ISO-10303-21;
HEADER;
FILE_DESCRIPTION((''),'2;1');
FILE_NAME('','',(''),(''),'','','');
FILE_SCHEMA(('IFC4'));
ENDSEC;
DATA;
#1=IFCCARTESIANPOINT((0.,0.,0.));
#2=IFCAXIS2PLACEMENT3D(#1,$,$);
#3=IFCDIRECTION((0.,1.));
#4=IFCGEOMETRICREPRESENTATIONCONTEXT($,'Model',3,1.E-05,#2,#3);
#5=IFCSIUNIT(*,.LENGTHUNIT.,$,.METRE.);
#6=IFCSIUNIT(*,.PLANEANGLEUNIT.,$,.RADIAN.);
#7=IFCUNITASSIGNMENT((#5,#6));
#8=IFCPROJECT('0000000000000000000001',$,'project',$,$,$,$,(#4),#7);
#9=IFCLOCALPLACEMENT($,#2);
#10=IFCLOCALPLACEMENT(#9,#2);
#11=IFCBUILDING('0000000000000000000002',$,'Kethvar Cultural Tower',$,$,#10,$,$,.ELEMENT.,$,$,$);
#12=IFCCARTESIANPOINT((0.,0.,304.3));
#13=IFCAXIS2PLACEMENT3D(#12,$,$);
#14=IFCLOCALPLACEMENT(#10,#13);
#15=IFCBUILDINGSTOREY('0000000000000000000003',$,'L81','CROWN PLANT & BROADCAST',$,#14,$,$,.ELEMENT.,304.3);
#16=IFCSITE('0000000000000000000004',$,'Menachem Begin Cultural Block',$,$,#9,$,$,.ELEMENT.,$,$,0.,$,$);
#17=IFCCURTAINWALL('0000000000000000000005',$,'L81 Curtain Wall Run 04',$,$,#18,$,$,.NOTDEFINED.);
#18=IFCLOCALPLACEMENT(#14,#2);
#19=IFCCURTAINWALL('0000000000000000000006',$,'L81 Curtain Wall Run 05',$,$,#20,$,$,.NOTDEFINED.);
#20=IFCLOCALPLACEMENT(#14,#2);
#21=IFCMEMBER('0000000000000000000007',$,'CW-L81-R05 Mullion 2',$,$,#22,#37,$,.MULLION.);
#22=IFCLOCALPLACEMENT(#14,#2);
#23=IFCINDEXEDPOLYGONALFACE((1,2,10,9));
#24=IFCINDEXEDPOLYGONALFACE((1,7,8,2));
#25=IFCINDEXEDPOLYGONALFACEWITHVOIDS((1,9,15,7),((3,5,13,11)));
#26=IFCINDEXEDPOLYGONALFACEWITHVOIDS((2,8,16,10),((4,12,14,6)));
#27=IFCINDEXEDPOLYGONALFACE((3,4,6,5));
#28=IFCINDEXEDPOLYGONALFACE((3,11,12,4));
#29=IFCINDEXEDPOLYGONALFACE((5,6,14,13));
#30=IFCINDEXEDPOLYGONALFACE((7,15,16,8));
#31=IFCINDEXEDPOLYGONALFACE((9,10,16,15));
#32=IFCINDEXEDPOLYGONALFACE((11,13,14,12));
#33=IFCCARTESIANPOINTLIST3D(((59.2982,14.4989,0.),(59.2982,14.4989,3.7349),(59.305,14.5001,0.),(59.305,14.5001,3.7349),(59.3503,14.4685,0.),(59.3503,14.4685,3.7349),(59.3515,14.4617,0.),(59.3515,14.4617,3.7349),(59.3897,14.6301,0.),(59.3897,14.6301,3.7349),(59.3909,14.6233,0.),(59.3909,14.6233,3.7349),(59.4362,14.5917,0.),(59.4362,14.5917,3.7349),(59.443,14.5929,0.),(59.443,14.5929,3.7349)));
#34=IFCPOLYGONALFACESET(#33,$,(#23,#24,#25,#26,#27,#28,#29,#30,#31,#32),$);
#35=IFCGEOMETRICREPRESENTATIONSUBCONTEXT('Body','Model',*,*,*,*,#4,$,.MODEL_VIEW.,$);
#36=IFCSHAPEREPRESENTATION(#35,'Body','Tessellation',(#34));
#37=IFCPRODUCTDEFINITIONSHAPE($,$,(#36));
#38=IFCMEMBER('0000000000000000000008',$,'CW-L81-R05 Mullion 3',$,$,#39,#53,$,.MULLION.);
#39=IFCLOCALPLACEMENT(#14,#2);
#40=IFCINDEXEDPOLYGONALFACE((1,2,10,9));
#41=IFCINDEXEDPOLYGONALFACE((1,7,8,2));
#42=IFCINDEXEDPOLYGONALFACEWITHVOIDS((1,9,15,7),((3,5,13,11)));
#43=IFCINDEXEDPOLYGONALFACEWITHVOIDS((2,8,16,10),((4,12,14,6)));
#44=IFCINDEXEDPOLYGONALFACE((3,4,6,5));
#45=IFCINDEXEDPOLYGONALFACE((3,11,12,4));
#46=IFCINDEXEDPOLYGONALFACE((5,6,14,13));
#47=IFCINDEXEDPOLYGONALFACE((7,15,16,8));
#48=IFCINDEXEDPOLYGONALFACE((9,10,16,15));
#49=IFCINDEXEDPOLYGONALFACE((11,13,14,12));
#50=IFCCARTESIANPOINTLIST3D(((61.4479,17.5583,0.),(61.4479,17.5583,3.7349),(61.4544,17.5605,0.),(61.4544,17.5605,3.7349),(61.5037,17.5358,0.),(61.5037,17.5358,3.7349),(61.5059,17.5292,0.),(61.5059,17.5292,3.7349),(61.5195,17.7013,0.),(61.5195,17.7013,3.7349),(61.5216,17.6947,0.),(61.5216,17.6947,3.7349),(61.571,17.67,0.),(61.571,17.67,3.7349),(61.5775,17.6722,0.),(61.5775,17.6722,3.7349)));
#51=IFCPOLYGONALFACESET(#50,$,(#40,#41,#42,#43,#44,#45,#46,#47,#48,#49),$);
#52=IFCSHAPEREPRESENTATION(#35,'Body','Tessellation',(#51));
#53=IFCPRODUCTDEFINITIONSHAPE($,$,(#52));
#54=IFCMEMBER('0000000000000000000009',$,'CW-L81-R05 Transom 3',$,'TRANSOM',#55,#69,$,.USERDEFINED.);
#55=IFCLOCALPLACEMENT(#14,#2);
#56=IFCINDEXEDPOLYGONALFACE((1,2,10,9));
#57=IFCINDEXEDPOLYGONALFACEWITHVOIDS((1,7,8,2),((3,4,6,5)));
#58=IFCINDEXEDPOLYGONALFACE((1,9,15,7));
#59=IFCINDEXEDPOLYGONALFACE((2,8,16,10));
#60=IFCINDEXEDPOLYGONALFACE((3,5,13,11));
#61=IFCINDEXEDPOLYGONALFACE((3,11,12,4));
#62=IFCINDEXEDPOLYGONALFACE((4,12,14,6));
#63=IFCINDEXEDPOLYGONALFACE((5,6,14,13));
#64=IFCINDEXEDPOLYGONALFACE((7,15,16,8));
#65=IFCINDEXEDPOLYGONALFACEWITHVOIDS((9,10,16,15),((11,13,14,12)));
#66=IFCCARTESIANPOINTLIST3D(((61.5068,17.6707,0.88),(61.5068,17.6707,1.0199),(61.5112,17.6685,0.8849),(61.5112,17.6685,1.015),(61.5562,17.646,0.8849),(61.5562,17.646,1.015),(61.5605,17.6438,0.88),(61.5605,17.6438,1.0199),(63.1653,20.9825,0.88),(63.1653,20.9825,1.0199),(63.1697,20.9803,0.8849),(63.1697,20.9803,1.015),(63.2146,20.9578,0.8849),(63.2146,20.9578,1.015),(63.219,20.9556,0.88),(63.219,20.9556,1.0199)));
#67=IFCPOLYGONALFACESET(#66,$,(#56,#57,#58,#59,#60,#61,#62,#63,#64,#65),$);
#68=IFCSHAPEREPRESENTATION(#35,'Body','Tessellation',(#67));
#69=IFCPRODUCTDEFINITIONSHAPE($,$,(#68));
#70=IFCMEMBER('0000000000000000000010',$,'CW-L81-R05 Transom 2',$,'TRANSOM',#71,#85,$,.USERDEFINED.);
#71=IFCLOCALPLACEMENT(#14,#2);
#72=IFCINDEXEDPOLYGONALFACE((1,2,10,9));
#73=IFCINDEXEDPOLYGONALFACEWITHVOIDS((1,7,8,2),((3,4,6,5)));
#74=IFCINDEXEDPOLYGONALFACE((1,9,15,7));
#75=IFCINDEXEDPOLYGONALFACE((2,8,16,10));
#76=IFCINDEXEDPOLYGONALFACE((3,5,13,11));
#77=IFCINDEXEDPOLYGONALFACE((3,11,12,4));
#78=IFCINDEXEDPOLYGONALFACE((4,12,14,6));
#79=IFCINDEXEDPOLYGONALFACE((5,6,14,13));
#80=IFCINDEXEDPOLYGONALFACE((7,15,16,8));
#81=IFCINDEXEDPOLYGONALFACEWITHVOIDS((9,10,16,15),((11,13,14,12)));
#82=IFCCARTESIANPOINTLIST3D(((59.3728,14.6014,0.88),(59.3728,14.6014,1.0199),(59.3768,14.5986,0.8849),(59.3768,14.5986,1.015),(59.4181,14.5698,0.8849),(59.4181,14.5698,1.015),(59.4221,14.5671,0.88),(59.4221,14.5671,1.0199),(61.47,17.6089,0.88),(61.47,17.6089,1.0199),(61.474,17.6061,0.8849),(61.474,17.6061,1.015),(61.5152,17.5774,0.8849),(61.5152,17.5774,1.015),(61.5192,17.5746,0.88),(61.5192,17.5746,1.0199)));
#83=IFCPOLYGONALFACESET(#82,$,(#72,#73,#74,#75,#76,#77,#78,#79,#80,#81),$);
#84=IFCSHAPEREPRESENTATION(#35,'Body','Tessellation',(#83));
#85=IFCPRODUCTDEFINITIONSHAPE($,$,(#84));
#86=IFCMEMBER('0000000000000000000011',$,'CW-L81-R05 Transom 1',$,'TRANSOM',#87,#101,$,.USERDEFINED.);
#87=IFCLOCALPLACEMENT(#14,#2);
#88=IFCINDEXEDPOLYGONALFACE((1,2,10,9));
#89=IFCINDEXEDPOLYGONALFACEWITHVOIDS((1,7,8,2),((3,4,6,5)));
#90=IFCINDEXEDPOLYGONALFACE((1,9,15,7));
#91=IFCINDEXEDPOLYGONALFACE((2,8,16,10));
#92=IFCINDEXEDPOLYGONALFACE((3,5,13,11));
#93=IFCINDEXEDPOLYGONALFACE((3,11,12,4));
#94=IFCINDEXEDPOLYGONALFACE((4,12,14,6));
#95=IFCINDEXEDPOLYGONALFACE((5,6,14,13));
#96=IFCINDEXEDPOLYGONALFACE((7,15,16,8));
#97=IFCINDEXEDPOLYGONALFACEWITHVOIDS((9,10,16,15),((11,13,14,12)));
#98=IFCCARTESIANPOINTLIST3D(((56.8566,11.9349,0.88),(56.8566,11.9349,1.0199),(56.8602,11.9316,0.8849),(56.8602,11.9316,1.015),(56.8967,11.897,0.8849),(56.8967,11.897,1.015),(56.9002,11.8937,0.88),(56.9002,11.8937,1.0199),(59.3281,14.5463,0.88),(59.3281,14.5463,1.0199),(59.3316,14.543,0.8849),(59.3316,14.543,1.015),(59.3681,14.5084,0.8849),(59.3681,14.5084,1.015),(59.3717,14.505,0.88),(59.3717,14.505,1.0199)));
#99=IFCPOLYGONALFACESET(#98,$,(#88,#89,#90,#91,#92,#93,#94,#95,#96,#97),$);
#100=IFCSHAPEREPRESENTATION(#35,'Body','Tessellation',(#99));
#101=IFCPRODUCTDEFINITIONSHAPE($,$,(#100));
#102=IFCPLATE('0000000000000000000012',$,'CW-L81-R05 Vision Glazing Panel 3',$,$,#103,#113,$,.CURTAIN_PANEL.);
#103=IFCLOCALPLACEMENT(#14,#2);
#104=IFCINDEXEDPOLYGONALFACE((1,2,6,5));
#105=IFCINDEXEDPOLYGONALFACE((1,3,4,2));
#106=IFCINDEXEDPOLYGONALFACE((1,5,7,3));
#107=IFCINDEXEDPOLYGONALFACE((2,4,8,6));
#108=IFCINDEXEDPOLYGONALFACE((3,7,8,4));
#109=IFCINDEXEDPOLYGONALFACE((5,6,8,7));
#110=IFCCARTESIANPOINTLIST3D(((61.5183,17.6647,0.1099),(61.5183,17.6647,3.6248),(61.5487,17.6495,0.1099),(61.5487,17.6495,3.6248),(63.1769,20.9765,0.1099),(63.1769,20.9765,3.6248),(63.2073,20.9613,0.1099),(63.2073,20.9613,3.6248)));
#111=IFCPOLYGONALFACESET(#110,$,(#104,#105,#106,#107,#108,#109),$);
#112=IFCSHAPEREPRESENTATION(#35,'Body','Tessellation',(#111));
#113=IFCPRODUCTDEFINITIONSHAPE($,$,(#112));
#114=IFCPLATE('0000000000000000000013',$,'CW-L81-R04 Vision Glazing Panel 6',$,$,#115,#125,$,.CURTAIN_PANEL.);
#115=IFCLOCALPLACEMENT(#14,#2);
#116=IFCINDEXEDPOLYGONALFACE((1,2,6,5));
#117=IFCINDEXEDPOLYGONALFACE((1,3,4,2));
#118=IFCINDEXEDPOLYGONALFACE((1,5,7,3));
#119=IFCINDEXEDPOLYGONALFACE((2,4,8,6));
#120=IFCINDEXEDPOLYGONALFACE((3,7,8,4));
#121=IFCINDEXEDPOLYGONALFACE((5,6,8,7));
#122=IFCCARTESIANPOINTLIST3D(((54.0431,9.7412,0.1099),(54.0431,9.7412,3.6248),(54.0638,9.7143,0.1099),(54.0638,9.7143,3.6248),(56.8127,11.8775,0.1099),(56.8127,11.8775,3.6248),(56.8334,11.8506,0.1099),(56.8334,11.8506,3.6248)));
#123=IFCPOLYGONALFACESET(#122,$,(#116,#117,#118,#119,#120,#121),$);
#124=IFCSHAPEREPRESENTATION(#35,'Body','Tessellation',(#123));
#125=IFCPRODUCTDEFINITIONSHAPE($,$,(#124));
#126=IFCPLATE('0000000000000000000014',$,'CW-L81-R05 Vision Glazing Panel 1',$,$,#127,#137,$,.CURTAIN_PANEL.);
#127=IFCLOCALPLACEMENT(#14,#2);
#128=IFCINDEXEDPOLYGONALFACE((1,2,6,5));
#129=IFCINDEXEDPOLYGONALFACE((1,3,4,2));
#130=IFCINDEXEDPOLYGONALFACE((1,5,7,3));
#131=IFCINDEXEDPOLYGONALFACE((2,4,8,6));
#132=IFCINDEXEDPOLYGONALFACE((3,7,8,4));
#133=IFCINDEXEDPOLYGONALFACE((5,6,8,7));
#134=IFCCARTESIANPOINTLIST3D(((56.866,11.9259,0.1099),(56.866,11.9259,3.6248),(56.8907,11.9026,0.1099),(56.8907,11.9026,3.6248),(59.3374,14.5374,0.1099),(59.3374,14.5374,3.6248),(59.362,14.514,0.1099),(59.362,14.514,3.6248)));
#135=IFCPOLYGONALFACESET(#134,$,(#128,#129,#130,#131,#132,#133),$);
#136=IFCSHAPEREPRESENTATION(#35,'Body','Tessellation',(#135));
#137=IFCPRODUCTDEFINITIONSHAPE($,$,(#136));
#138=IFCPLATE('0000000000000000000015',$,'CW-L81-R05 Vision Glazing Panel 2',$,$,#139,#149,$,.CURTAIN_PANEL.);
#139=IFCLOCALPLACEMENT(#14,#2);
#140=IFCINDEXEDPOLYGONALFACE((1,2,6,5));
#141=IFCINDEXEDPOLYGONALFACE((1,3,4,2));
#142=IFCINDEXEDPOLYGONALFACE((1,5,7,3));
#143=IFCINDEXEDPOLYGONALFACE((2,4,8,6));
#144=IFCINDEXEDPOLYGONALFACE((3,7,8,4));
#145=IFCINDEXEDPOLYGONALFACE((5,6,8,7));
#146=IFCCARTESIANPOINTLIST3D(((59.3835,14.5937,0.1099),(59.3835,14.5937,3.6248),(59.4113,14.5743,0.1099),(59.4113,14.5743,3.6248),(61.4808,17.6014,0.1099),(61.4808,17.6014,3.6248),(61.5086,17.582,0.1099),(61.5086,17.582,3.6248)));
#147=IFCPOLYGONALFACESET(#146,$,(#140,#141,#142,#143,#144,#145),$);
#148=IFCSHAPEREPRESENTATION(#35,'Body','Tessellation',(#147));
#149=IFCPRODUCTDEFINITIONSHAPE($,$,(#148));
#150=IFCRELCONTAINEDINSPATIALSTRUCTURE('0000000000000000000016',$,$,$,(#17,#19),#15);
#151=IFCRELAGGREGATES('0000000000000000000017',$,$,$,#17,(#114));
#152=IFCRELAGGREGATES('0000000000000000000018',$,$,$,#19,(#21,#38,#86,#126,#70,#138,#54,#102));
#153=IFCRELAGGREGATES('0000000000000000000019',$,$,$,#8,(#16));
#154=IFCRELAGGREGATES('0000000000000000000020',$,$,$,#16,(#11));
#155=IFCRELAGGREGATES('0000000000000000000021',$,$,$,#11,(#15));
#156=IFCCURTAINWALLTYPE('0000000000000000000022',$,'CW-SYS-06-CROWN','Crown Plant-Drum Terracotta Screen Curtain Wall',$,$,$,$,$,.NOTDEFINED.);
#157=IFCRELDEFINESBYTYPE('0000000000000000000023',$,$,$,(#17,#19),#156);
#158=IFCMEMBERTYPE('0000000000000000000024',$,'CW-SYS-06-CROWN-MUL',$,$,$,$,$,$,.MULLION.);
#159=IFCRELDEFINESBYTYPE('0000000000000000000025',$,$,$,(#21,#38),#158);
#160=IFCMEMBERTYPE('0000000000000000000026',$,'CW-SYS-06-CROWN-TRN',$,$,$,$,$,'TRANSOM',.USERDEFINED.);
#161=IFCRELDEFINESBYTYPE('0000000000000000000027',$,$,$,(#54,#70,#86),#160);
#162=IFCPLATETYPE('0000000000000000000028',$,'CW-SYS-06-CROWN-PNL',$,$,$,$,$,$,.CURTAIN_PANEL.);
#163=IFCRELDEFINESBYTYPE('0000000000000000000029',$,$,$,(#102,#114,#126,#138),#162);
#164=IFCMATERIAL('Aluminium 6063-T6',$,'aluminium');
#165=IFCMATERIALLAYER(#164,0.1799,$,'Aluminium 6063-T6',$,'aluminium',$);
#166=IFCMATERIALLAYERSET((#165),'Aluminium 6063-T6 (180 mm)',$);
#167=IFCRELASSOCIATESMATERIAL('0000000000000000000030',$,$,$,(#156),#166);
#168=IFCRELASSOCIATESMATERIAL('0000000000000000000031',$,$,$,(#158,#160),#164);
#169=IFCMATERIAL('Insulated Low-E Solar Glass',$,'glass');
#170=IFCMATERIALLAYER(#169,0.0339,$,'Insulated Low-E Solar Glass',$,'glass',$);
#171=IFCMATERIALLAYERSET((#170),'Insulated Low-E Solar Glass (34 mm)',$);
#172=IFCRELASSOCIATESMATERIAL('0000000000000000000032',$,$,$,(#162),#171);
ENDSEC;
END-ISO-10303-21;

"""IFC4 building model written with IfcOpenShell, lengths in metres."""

from ifc_helpers import new_model, si_unit, direction, frame, origin, origin_2d, place, context, subcontext, project, spatial, rectangle, hollow_rectangle, extrude, source, transform, mapped, material, layer, layer_set, material_profile, profile_set, type_object, element, aggregate, save


model = new_model("IFC4")

# Units and contexts
model_context = context("Model", 3, precision=1e-05, world=origin(), true_north=direction((0.0, 1.0)))
body_context = subcontext(model_context, "Body", "Model", "MODEL_VIEW")
ifc_project = project(units=[si_unit("LENGTHUNIT", "METRE"), si_unit("PLANEANGLEUNIT", "RADIAN")], contexts=[model_context])

# Site, building, storey
site_placement = place(None, origin())
site = spatial("IfcSite", under=ifc_project, at=site_placement, Name="Menachem Begin Cultural Block", CompositionType="ELEMENT", RefElevation=0.0)
building_placement = place(site_placement, origin())
building = spatial("IfcBuilding", under=site, at=building_placement, Name="Kethvar Cultural Tower", CompositionType="ELEMENT")
storey_placement = place(building_placement, frame((0.0, 0.0, 304.3)))
storey = spatial("IfcBuildingStorey", under=building, at=storey_placement, Name="L81", Description="CROWN PLANT & BROADCAST", CompositionType="ELEMENT", Elevation=304.3)

# Curtain wall
ifc_material_1 = material(Name="Aluminium 6063-T6", Category="aluminium")
ifc_layer_1 = layer(ifc_material_1, 0.1799, Name="Aluminium 6063-T6", Category="aluminium")
ifc_layer_set_1 = layer_set([ifc_layer_1], Name="Aluminium 6063-T6 (180 mm)")
curtain_wall_type = type_object("IfcCurtainWallType", Name="CW-SYS-06-CROWN", Description="Crown Plant-Drum Terracotta Screen Curtain Wall", PredefinedType="NOTDEFINED", material=ifc_layer_set_1)
curtain_wall_1_placement = place(storey_placement, origin())
curtain_wall_1 = element("IfcCurtainWall", 1, at=curtain_wall_1_placement, inside=storey, type_object=curtain_wall_type, Name="L81 Curtain Wall Run 04", PredefinedType="NOTDEFINED")
ifc_material_profile_1 = material_profile(ifc_material_1, hollow_rectangle(XDim=0.0649, YDim=0.1599, WallThickness=0.0049, at=origin_2d()), Name="Aluminium 6063-T6 — RHS160x65x5")
ifc_profile_set_1 = profile_set([ifc_material_profile_1], Name="Aluminium 6063-T6 — RHS160x65x5")
member_type_1 = type_object("IfcMemberType", Name="CW-SYS-06-CROWN-MUL", PredefinedType="MULLION", material=ifc_profile_set_1)
shared_shape_1 = source(origin(), body_context, "Body", "SweptSolid", [
    extrude(hollow_rectangle(XDim=0.0649, YDim=0.1599, WallThickness=0.0049, at=origin_2d()), origin(), (0.0, 0.0, 1.0), 3.7349),
])

# Curtain wall, members, plate
curtain_wall_2_placement = place(storey_placement, origin())
curtain_wall_2 = element("IfcCurtainWall", 2, at=curtain_wall_2_placement, inside=storey, type_object=curtain_wall_type, Name="L81 Curtain Wall Run 05", PredefinedType="NOTDEFINED")
member_1_placement = place(storey_placement, frame((59.3706, 14.5459, 0.0), z_axis=(0.0, 0.0, 1.0), x_axis=(-0.820262, 0.571988, 0.0)))
member_1 = element("IfcMember", 3, at=member_1_placement, type_object=member_type_1, Name="CW-L81-R05 Mullion 2", PredefinedType="MULLION", context=body_context, shape_type="MappedRepresentation", body=[
    mapped(shared_shape_1, transform((0.0, 0.0, 0.0), scale=1.0)),
])
member_2_placement = place(storey_placement, frame((61.5127, 17.6152, 0.0), z_axis=(0.0, 0.0, 1.0), x_axis=(-0.894131, 0.447806, 0.0)))
member_2 = element("IfcMember", 4, at=member_2_placement, type_object=member_type_1, Name="CW-L81-R05 Mullion 3", PredefinedType="MULLION", context=body_context, shape_type="MappedRepresentation", body=[
    mapped(shared_shape_1, transform((0.0, 0.0, 0.0), scale=1.0)),
])
ifc_material_profile_2 = material_profile(ifc_material_1, hollow_rectangle(XDim=0.0601, YDim=0.1399, WallThickness=0.0049, at=origin_2d()), Name="Aluminium 6063-T6 — RHS140x60x5")
ifc_profile_set_2 = profile_set([ifc_material_profile_2], Name="Aluminium 6063-T6 — RHS140x60x5")
member_type_2 = type_object("IfcMemberType", Name="CW-SYS-06-CROWN-TRN", ElementType="TRANSOM", PredefinedType="USERDEFINED", material=ifc_profile_set_2)
shared_shape_2 = source(origin(), body_context, "Body", "SweptSolid", [
    extrude(hollow_rectangle(XDim=0.0601, YDim=0.1399, WallThickness=0.0049, at=origin_2d()), origin(), (0.0, 0.0, 1.0), 3.7039),
])
member_3_placement = place(storey_placement, frame((61.5337, 17.6572, 0.95), z_axis=(0.447767, 0.89415, 0.0), x_axis=(-0.89415, 0.447767, 0.0)))
member_3 = element("IfcMember", 5, at=member_3_placement, type_object=member_type_2, Name="CW-L81-R05 Transom 3", ObjectType="TRANSOM", PredefinedType="USERDEFINED", context=body_context, shape_type="MappedRepresentation", body=[
    mapped(shared_shape_2, transform((0.0, 0.0, 0.0), scale=1.0)),
])
shared_shape_3 = source(origin(), body_context, "Body", "SweptSolid", [
    extrude(hollow_rectangle(XDim=0.0601, YDim=0.1399, WallThickness=0.0049, at=origin_2d()), origin(), (0.0, 0.0, 1.0), 3.6665),
])
member_4_placement = place(storey_placement, frame((59.3975, 14.5842, 0.95), z_axis=(0.571973, 0.820272, 0.0), x_axis=(-0.820272, 0.571973, 0.0)))
member_4 = element("IfcMember", 6, at=member_4_placement, type_object=member_type_2, Name="CW-L81-R05 Transom 2", ObjectType="TRANSOM", PredefinedType="USERDEFINED", context=body_context, shape_type="MappedRepresentation", body=[
    mapped(shared_shape_3, transform((0.0, 0.0, 0.0), scale=1.0)),
])
shared_shape_4 = source(origin(), body_context, "Body", "SweptSolid", [
    extrude(hollow_rectangle(XDim=0.0601, YDim=0.1399, WallThickness=0.0049, at=origin_2d()), origin(), (0.0, 0.0, 1.0), 3.5955),
])
member_5_placement = place(storey_placement, frame((56.8784, 11.9143, 0.95), z_axis=(0.687385, 0.726293, 0.0), x_axis=(-0.726293, 0.687385, 0.0)))
member_5 = element("IfcMember", 7, at=member_5_placement, type_object=member_type_2, Name="CW-L81-R05 Transom 1", ObjectType="TRANSOM", PredefinedType="USERDEFINED", context=body_context, shape_type="MappedRepresentation", body=[
    mapped(shared_shape_4, transform((0.0, 0.0, 0.0), scale=1.0)),
])
ifc_material_2 = material(Name="Insulated Low-E Solar Glass", Category="glass")
ifc_layer_2 = layer(ifc_material_2, 0.0339, Name="Insulated Low-E Solar Glass", Category="glass")
ifc_layer_set_2 = layer_set([ifc_layer_2], Name="Insulated Low-E Solar Glass (34 mm)")
plate_type = type_object("IfcPlateType", Name="CW-SYS-06-CROWN-PNL", PredefinedType="CURTAIN_PANEL", material=ifc_layer_set_2)
shared_shape_5 = source(origin(), body_context, "Body", "SweptSolid", [
    extrude(rectangle(XDim=3.7039, YDim=0.0339, at=origin_2d()), origin(), (0.0, 0.0, 1.0), 3.5149),
])
plate_1_placement = place(storey_placement, frame((62.3628, 19.313, 0.1099), z_axis=(0.0, 0.0, 1.0), x_axis=(0.447806, 0.894131, 0.0)))
plate_1 = element("IfcPlate", 8, at=plate_1_placement, type_object=plate_type, Name="CW-L81-R05 Vision Glazing Panel 3", PredefinedType="CURTAIN_PANEL", context=body_context, shape_type="MappedRepresentation", body=[
    mapped(shared_shape_5, transform((0.0, 0.0, 0.0), scale=1.0)),
])

# Plates
shared_shape_6 = source(origin(), body_context, "Body", "SweptSolid", [
    extrude(rectangle(XDim=3.4978, YDim=0.0339, at=origin_2d()), origin(), (0.0, 0.0, 1.0), 3.5149),
])
plate_2_placement = place(storey_placement, frame((55.4382, 10.7959, 0.1099), z_axis=(0.0, 0.0, 1.0), x_axis=(0.791821, 0.610753, 0.0)))
plate_2 = element("IfcPlate", 9, at=plate_2_placement, type_object=plate_type, Name="CW-L81-R04 Vision Glazing Panel 6", PredefinedType="CURTAIN_PANEL", context=body_context, shape_type="MappedRepresentation", body=[
    mapped(shared_shape_6, transform((0.0, 0.0, 0.0), scale=1.0)),
])
aggregate(curtain_wall_1, [plate_2])
shared_shape_7 = source(origin(), body_context, "Body", "SweptSolid", [
    extrude(rectangle(XDim=3.5955, YDim=0.0339, at=origin_2d()), origin(), (0.0, 0.0, 1.0), 3.5149),
])
plate_3_placement = place(storey_placement, frame((58.114, 13.22, 0.1099), z_axis=(0.0, 0.0, 1.0), x_axis=(0.687354, 0.726323, 0.0)))
plate_3 = element("IfcPlate", 10, at=plate_3_placement, type_object=plate_type, Name="CW-L81-R05 Vision Glazing Panel 1", PredefinedType="CURTAIN_PANEL", context=body_context, shape_type="MappedRepresentation", body=[
    mapped(shared_shape_7, transform((0.0, 0.0, 0.0), scale=1.0)),
])
shared_shape_8 = source(origin(), body_context, "Body", "SweptSolid", [
    extrude(rectangle(XDim=3.6667, YDim=0.0339, at=origin_2d()), origin(), (0.0, 0.0, 1.0), 3.5149),
])
plate_4_placement = place(storey_placement, frame((60.446, 16.0879, 0.1099), z_axis=(0.0, 0.0, 1.0), x_axis=(0.571988, 0.820262, 0.0)))
plate_4 = element("IfcPlate", 11, at=plate_4_placement, type_object=plate_type, Name="CW-L81-R05 Vision Glazing Panel 2", PredefinedType="CURTAIN_PANEL", context=body_context, shape_type="MappedRepresentation", body=[
    mapped(shared_shape_8, transform((0.0, 0.0, 0.0), scale=1.0)),
])
aggregate(curtain_wall_2, [member_1, member_2, member_5, plate_3, member_4, plate_4, member_3, plate_1])

save(model, "model.ifc")
